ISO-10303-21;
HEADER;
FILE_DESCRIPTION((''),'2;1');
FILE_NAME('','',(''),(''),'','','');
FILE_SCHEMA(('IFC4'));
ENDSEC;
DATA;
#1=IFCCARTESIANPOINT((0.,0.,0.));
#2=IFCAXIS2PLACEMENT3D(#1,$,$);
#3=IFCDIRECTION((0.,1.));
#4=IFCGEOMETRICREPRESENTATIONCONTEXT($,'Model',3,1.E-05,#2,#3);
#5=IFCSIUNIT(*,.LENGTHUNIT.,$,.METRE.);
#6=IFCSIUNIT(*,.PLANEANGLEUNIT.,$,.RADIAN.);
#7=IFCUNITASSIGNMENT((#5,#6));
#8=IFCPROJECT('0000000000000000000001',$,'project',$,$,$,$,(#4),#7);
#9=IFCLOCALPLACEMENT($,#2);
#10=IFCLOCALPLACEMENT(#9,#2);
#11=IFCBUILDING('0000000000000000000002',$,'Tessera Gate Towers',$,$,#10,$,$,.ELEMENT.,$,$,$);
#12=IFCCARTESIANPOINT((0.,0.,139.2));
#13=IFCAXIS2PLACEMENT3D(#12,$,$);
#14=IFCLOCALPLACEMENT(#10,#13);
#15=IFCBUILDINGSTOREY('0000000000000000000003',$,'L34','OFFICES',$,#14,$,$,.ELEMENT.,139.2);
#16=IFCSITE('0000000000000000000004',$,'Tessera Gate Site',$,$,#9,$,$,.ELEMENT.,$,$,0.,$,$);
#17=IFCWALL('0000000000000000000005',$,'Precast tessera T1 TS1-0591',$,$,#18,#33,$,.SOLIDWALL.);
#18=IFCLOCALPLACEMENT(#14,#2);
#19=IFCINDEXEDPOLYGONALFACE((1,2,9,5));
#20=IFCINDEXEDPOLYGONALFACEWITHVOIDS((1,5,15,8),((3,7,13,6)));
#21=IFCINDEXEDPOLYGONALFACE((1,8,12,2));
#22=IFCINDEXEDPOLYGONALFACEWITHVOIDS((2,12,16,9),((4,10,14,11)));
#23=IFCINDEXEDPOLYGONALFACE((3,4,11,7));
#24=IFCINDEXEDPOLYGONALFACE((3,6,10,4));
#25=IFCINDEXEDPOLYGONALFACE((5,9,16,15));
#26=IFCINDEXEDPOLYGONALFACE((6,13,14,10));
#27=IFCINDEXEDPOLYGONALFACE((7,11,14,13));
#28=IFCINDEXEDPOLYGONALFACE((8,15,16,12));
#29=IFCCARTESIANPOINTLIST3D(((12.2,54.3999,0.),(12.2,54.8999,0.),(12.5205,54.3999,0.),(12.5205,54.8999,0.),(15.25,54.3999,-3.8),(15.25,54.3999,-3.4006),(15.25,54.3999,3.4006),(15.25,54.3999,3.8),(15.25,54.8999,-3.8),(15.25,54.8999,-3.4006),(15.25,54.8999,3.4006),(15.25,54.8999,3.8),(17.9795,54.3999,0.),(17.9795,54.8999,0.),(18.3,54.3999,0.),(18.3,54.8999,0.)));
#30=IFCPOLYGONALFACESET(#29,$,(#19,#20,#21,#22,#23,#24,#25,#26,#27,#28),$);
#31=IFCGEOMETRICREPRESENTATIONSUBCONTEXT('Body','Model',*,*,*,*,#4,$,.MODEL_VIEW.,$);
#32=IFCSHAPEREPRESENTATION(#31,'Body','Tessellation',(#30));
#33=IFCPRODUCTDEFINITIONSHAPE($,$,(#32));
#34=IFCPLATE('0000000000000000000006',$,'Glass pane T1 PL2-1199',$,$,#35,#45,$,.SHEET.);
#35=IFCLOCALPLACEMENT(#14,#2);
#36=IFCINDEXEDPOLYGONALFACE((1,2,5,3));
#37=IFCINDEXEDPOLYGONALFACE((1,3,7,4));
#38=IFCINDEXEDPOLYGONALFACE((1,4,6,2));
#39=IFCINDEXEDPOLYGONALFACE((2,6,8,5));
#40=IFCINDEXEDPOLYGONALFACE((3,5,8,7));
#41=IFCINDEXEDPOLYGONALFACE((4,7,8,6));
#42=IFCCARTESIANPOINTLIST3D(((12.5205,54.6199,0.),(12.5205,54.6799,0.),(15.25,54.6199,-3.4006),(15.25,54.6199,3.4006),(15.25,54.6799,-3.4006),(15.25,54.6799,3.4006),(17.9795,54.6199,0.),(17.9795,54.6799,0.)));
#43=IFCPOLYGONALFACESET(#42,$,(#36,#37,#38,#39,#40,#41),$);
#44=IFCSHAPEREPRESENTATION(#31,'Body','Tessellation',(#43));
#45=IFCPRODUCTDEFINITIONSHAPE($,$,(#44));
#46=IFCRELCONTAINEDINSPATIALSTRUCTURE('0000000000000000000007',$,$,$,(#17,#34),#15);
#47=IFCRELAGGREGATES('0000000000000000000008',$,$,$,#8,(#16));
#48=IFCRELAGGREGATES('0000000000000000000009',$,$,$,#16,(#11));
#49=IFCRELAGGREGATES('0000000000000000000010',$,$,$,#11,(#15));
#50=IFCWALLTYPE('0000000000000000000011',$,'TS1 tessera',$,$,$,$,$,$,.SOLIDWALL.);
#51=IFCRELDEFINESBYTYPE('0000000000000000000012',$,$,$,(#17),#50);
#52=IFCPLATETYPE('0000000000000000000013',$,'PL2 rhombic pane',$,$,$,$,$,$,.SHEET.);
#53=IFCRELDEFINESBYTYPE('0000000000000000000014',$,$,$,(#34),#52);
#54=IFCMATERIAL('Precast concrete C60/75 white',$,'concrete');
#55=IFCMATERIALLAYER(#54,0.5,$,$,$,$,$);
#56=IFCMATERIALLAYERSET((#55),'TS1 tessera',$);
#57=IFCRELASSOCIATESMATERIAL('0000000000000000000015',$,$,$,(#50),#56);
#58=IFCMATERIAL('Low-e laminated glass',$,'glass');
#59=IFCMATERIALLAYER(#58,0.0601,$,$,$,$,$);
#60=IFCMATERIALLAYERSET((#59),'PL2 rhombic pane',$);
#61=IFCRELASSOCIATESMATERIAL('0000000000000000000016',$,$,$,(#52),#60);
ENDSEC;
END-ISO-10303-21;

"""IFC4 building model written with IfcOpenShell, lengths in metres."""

from ifc_helpers import new_model, si_unit, direction, frame, origin, place, context, subcontext, project, spatial, polyline, outline, extrude, source, transform, mapped, material, layer, layer_set, type_object, element, fill, save


model = new_model("IFC4")

# Units and contexts
model_context = context("Model", 3, precision=1e-05, world=origin(), true_north=direction((0.0, 1.0)))
body_context = subcontext(model_context, "Body", "Model", "MODEL_VIEW")
ifc_project = project(units=[si_unit("LENGTHUNIT", "METRE"), si_unit("PLANEANGLEUNIT", "RADIAN")], contexts=[model_context])

# Site, building, storey
site_placement = place(None, origin())
site = spatial("IfcSite", under=ifc_project, at=site_placement, Name="Tessera Gate Site", CompositionType="ELEMENT", RefElevation=0.0)
building_placement = place(site_placement, origin())
building = spatial("IfcBuilding", under=site, at=building_placement, Name="Tessera Gate Towers", CompositionType="ELEMENT")
storey_placement = place(building_placement, frame((0.0, 0.0, 139.2)))
storey = spatial("IfcBuildingStorey", under=building, at=storey_placement, Name="L34", Description="OFFICES", CompositionType="ELEMENT", Elevation=139.2)

# Wall, opening, plate
ifc_material_1 = material(Name="Precast concrete C60/75 white", Category="concrete")
ifc_layer_1 = layer(ifc_material_1, 0.5)
ifc_layer_set_1 = layer_set([ifc_layer_1], Name="TS1 tessera")
wall_type_1 = type_object("IfcWallType", Name="TS1 tessera", PredefinedType="SOLIDWALL", material=ifc_layer_set_1)
shared_shape_1 = source(origin(), body_context, "Body", "SweptSolid", [
    extrude(outline(polyline([(3.05, 0.0), (6.1001, 3.8), (3.05, 7.6001), (0.0, 3.8), (3.05, 0.0)])), frame((0.0, 0.25, 0.0), z_axis=(0.0, -1.0, 0.0), x_axis=(1.0, 0.0, 0.0)), (0.0, 0.0, 1.0), 0.5),
])
shared_shape_2 = source(origin(), body_context, "Body", "SweptSolid", [
    extrude(outline(polyline([(3.05, 0.3994), (5.7795, 3.8), (3.05, 7.2007), (0.3206, 3.8), (3.05, 0.3994)])), frame((0.0, 0.26, 0.0), z_axis=(0.0, -1.0, 0.0), x_axis=(1.0, 0.0, 0.0)), (0.0, 0.0, 1.0), 0.52),
])
ifc_material_2 = material(Name="Low-e laminated glass", Category="glass")
ifc_layer_2 = layer(ifc_material_2, 0.0601)
ifc_layer_set_2 = layer_set([ifc_layer_2], Name="PL2 rhombic pane")
plate_type = type_object("IfcPlateType", Name="PL2 rhombic pane", PredefinedType="SHEET", material=ifc_layer_set_2)
shared_shape_3 = source(origin(), body_context, "Body", "SweptSolid", [
    extrude(outline(polyline([(3.05, 0.3994), (5.7795, 3.8), (3.05, 7.2007), (0.3206, 3.8), (3.05, 0.3994)])), frame((0.0, 0.03, 0.0), z_axis=(0.0, -1.0, 0.0), x_axis=(1.0, 0.0, 0.0)), (0.0, 0.0, 1.0), 0.0601),
])
wall_1_placement = place(storey_placement, frame((18.3, 54.6499, -3.8), z_axis=(0.0, 0.0, 1.0), x_axis=(-1.0, 0.0, 0.0)))
wall_1 = element("IfcWall", 1, at=wall_1_placement, inside=storey, type_object=wall_type_1, Name="Precast tessera T1 TS1-0591", PredefinedType="SOLIDWALL", context=body_context, shape_type="MappedRepresentation", body=[
    mapped(shared_shape_1, transform((0.0, 0.0, 0.0), scale=1.0)),
])
opening_1_placement = place(wall_1_placement, origin())
opening_1 = element("IfcOpeningElement", 2, at=opening_1_placement, cuts=wall_1, PredefinedType="OPENING", context=body_context, shape_type="MappedRepresentation", body=[
    mapped(shared_shape_2, transform((0.0, 0.0, 0.0), scale=1.0)),
])
plate_1_placement = place(opening_1_placement, origin())
plate_1 = element("IfcPlate", 3, at=plate_1_placement, inside=storey, type_object=plate_type, Name="Glass pane T1 PL2-1199", PredefinedType="SHEET", context=body_context, shape_type="MappedRepresentation", body=[
    mapped(shared_shape_3, transform((0.0, 0.0, 0.0), scale=1.0)),
])
fill(opening_1, plate_1)

save(model, "model.ifc")
